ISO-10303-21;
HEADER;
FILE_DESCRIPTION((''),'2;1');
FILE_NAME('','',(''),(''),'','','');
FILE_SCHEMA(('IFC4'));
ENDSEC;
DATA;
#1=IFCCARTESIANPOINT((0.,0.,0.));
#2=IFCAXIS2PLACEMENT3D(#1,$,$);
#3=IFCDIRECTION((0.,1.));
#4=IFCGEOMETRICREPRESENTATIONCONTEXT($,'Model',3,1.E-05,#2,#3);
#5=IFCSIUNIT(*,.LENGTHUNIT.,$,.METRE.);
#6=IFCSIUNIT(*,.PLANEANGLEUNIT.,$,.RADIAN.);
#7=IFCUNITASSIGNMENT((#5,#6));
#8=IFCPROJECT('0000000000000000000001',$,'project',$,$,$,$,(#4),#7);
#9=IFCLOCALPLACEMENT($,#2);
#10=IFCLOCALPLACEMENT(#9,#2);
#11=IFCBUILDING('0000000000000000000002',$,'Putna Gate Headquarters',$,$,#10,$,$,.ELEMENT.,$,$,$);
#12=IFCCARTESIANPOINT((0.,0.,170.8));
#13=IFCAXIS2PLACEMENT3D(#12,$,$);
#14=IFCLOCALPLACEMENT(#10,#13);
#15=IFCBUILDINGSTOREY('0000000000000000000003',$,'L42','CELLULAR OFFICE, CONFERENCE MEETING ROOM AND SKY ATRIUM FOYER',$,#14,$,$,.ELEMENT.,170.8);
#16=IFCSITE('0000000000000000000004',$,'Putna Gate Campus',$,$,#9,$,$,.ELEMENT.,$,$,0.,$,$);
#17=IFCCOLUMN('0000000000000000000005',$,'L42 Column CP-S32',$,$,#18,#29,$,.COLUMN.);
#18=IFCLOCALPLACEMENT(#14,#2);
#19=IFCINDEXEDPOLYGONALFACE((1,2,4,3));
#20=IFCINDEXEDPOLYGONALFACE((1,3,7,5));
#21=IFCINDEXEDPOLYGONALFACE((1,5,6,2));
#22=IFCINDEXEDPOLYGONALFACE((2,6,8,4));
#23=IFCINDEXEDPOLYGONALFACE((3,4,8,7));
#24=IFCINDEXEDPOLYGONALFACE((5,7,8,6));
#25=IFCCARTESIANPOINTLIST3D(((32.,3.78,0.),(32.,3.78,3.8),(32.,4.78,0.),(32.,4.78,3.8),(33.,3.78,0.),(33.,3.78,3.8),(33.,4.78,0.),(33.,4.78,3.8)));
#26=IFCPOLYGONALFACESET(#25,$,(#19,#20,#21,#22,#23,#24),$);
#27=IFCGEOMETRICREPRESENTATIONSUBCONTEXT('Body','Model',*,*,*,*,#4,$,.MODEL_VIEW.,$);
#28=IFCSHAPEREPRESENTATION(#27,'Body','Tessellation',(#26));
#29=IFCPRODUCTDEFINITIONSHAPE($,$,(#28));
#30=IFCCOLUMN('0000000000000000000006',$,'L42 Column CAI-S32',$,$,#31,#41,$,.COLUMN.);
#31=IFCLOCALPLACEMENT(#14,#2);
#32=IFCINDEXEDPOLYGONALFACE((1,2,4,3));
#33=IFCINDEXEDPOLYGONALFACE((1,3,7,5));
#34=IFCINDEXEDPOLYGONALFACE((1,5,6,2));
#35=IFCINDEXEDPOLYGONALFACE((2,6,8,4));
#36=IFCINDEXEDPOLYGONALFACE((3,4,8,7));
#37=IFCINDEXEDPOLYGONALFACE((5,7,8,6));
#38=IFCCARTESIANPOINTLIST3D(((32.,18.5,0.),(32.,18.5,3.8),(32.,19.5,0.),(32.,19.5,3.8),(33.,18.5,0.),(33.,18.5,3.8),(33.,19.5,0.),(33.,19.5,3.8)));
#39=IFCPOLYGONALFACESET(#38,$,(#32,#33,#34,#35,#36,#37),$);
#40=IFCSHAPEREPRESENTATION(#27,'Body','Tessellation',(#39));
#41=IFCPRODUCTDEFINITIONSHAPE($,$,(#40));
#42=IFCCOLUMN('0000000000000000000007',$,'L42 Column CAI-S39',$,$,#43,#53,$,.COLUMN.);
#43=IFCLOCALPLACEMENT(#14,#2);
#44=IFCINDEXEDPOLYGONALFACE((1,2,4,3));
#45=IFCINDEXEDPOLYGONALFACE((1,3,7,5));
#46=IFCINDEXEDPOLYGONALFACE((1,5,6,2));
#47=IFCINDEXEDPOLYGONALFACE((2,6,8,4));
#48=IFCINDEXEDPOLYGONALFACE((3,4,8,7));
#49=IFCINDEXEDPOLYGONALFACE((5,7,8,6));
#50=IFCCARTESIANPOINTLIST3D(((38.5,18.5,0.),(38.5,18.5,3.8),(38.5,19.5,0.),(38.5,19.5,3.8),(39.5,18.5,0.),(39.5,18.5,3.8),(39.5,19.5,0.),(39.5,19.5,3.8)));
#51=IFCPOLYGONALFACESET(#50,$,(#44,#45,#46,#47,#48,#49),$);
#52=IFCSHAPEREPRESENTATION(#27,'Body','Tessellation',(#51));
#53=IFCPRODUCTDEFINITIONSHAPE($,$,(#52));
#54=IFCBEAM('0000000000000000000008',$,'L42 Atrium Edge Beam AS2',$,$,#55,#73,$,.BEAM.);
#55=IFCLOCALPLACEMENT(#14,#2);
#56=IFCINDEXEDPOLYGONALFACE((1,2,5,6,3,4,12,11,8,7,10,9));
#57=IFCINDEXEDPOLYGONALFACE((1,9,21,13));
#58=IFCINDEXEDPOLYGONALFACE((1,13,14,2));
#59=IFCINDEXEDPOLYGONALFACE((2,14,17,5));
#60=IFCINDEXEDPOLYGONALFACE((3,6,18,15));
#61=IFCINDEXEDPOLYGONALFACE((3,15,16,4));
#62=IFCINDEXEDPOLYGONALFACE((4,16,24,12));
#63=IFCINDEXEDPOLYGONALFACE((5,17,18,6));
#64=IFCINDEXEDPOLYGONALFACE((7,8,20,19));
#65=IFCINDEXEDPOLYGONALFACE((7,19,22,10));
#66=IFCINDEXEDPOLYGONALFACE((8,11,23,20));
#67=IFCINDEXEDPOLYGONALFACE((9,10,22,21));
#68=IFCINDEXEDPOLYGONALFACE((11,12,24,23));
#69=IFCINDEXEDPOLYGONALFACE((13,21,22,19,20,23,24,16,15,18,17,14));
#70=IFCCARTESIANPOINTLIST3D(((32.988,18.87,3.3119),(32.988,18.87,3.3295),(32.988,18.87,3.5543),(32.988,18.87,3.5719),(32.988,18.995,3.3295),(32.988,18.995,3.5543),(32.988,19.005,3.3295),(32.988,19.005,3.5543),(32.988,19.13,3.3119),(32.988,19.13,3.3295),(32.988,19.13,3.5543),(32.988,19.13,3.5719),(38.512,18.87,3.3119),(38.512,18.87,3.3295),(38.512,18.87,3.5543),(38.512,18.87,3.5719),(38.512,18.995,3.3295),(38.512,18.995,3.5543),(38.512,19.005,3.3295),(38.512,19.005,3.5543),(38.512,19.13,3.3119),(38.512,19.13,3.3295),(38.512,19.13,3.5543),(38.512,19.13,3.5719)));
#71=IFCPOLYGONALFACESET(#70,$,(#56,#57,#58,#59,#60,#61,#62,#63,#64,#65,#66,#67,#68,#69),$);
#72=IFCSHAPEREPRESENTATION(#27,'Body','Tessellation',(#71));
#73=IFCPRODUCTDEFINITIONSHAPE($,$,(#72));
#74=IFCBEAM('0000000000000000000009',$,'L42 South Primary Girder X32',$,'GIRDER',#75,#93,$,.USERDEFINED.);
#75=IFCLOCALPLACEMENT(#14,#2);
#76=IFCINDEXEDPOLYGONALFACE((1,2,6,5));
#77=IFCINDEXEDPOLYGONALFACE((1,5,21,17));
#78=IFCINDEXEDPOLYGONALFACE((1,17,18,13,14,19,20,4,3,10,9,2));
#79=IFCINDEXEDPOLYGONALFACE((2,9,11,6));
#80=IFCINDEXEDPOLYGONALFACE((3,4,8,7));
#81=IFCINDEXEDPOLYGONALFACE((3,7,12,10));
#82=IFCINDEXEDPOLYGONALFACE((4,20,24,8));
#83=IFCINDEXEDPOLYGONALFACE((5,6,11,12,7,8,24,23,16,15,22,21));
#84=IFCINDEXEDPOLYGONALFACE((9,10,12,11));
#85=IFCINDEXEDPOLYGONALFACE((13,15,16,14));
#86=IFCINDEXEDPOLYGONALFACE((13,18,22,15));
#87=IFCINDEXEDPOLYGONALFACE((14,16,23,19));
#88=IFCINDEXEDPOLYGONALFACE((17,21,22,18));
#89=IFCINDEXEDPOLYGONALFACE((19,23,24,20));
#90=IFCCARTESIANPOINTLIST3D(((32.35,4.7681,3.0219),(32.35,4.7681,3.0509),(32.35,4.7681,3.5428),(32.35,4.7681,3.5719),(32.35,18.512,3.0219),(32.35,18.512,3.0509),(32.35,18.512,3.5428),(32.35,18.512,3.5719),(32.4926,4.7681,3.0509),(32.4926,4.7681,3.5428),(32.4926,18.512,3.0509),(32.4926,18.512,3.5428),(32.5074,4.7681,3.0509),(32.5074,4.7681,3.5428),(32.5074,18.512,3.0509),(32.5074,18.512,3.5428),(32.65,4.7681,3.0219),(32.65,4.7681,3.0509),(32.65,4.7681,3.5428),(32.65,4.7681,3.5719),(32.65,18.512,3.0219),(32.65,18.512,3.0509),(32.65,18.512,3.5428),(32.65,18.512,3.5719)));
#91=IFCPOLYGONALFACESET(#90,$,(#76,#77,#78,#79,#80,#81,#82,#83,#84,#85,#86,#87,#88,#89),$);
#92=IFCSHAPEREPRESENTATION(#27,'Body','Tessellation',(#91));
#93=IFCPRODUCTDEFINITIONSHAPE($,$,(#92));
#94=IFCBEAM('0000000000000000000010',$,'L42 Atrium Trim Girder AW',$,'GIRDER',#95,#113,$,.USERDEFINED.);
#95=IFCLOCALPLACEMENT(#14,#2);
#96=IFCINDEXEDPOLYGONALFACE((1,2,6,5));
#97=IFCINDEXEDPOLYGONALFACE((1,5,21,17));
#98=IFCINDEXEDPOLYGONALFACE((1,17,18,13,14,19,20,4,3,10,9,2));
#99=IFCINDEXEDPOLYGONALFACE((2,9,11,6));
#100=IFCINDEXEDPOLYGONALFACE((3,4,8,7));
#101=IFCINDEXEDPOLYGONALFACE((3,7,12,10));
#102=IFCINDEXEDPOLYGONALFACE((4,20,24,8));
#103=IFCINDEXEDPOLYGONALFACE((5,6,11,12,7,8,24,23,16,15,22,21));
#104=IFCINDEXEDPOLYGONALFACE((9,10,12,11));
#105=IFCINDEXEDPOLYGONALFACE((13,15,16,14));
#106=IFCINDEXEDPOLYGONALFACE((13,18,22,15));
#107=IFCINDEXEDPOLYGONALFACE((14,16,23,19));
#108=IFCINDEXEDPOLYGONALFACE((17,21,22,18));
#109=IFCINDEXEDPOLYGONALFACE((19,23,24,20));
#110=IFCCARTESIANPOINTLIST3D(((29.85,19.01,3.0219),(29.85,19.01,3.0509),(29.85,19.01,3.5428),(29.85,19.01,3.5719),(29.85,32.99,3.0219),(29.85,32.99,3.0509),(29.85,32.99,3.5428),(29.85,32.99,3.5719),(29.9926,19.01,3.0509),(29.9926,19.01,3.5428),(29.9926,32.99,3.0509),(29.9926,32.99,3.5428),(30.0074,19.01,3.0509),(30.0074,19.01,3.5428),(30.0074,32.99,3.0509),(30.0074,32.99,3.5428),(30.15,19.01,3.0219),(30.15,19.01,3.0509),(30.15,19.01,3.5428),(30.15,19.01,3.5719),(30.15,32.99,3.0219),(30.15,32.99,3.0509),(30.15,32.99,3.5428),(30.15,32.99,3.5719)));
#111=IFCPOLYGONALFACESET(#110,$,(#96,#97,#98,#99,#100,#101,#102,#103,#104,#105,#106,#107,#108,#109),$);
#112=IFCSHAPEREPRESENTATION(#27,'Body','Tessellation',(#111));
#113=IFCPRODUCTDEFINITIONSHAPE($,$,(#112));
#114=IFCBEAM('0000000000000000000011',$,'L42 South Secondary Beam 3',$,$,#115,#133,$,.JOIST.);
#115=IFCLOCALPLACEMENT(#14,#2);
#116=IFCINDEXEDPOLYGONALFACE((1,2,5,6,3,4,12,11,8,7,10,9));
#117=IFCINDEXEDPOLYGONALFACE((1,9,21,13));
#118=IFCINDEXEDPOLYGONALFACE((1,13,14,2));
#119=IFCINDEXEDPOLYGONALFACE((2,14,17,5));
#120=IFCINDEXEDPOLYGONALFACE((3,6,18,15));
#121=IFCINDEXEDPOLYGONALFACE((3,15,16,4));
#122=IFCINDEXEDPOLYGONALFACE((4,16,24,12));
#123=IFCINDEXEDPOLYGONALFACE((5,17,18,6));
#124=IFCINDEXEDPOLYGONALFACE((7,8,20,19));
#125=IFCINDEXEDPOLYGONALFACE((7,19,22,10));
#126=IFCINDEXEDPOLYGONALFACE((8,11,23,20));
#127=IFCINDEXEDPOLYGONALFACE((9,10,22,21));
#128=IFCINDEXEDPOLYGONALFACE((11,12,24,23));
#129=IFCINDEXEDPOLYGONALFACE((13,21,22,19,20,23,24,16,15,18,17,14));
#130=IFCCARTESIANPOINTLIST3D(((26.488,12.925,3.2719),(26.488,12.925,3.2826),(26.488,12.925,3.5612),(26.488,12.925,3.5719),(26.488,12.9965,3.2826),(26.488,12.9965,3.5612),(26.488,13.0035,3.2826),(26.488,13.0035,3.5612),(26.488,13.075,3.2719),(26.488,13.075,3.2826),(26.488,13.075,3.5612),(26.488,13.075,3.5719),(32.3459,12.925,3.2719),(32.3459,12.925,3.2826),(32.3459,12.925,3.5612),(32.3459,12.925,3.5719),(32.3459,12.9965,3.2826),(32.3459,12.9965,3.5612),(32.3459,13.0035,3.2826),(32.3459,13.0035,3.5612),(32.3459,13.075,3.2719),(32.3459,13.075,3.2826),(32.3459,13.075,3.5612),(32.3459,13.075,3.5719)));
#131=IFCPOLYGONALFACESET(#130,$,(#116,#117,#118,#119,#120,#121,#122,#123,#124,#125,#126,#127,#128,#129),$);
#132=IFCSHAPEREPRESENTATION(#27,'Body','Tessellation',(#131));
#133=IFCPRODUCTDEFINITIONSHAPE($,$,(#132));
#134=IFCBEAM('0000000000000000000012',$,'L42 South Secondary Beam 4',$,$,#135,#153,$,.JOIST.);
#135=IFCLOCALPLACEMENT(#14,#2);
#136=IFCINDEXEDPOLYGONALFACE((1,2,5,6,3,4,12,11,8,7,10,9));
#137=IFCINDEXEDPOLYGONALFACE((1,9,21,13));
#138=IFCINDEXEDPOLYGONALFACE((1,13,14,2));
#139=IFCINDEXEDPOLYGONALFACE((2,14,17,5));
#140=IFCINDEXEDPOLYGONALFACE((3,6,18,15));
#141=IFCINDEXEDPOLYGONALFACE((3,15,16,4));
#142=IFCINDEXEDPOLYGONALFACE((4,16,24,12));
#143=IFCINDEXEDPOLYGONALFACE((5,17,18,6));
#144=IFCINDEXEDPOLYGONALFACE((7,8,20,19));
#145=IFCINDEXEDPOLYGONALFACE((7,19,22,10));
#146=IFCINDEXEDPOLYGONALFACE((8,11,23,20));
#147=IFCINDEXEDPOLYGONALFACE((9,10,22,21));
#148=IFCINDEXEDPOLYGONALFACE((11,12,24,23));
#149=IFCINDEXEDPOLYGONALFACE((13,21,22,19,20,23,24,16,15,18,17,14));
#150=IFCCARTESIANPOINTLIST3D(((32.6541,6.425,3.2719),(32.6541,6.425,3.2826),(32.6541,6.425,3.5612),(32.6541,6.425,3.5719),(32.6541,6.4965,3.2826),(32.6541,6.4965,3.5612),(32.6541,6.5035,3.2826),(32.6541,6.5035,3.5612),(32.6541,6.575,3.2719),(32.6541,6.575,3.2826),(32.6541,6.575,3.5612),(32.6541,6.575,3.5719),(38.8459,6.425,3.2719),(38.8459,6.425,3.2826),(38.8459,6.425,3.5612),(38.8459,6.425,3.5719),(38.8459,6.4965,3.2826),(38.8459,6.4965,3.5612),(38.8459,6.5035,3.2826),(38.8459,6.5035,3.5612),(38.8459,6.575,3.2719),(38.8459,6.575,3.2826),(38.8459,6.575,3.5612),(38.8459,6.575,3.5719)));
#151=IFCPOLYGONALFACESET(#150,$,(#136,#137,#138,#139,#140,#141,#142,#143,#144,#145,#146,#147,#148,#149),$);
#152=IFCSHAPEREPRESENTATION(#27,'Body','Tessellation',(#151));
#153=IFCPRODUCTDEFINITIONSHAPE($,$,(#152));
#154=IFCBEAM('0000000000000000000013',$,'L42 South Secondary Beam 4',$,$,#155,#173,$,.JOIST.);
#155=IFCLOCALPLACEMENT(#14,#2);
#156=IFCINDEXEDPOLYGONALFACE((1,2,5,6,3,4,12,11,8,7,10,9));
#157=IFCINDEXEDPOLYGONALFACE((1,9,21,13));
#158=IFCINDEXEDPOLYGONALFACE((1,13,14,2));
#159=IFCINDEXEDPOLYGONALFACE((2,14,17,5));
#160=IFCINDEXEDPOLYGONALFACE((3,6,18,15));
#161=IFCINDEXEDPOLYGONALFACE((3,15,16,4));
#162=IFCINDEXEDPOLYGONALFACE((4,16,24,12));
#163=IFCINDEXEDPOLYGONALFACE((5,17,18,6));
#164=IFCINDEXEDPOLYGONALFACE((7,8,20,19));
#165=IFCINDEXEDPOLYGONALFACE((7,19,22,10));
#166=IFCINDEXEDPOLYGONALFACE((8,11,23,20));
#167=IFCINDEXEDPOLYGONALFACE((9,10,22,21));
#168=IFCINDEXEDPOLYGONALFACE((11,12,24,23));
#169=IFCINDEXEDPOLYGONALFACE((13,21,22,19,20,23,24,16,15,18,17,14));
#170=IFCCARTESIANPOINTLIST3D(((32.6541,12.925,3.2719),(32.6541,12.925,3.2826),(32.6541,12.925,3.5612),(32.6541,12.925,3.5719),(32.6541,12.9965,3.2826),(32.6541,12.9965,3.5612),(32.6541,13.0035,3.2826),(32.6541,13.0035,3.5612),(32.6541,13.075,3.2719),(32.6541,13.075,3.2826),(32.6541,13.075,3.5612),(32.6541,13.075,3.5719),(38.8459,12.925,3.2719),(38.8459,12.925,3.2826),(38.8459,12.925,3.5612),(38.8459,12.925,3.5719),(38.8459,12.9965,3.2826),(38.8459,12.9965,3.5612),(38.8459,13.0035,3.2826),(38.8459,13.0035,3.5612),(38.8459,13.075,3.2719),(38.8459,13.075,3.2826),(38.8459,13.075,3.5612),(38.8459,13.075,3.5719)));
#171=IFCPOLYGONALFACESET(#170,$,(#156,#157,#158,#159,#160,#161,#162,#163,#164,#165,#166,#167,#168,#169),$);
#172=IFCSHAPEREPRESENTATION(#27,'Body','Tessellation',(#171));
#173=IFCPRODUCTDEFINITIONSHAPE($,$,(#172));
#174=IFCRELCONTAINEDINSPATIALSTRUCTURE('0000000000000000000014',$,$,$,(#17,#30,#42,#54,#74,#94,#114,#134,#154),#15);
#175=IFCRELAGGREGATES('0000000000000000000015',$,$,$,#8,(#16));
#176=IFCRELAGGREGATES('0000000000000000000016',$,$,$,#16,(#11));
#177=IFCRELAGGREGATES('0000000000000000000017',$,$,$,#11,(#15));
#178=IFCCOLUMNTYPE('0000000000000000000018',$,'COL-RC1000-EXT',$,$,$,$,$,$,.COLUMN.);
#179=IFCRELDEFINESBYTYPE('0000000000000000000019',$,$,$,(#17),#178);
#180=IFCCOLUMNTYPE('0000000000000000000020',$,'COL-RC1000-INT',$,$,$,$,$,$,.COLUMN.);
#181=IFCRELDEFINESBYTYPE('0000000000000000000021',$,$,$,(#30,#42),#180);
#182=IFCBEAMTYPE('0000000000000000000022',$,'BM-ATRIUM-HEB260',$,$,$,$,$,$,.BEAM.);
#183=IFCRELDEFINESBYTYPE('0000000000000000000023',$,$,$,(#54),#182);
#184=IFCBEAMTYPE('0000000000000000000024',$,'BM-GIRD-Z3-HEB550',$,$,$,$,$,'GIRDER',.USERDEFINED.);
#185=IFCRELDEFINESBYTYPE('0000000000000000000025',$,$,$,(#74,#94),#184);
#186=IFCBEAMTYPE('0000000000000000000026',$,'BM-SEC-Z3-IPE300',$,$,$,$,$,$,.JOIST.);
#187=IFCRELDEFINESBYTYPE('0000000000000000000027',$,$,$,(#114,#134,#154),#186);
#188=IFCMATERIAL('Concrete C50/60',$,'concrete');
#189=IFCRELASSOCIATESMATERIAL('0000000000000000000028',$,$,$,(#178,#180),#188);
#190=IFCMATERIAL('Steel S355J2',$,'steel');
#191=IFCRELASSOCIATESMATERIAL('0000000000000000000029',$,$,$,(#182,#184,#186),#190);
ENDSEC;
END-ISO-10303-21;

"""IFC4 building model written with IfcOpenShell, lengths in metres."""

from ifc_helpers import new_model, si_unit, direction, frame, origin, origin_2d, place, context, subcontext, project, spatial, rectangle, i_section, extrude, material, material_profile, profile_set, type_object, element, save


model = new_model("IFC4")

# Units and contexts
model_context = context("Model", 3, precision=1e-05, world=origin(), true_north=direction((0.0, 1.0)))
body_context = subcontext(model_context, "Body", "Model", "MODEL_VIEW")
ifc_project = project(units=[si_unit("LENGTHUNIT", "METRE"), si_unit("PLANEANGLEUNIT", "RADIAN")], contexts=[model_context])

# Site, building, storey
site_placement = place(None, origin())
site = spatial("IfcSite", under=ifc_project, at=site_placement, Name="Putna Gate Campus", CompositionType="ELEMENT", RefElevation=0.0)
building_placement = place(site_placement, origin())
building = spatial("IfcBuilding", under=site, at=building_placement, Name="Putna Gate Headquarters", CompositionType="ELEMENT")
storey_placement = place(building_placement, frame((0.0, 0.0, 170.8)))
storey = spatial("IfcBuildingStorey", under=building, at=storey_placement, Name="L42", Description="CELLULAR OFFICE, CONFERENCE MEETING ROOM AND SKY ATRIUM FOYER", CompositionType="ELEMENT", Elevation=170.8)

# Columns
ifc_material_1 = material(Name="Concrete C50/60", Category="concrete")
ifc_material_profile_1 = material_profile(ifc_material_1, rectangle(XDim=1.0, YDim=1.0, at=origin_2d()), Name="Concrete C50/60")
ifc_profile_set_1 = profile_set([ifc_material_profile_1], Name="Concrete C50/60")
column_type_1 = type_object("IfcColumnType", Name="COL-RC1000-EXT", PredefinedType="COLUMN", material=ifc_profile_set_1)
column_placement = place(storey_placement, frame((32.5, 4.28, 0.0), z_axis=(0.0, 0.0, 1.0), x_axis=(1.0, 0.0, 0.0)))
element("IfcColumn", 1, at=column_placement, inside=storey, type_object=column_type_1, Name="L42 Column CP-S32", PredefinedType="COLUMN", context=body_context, shape_type="SweptSolid", body=[
    extrude(rectangle(XDim=1.0, YDim=1.0, at=origin_2d()), origin(), (0.0, 0.0, 1.0), 3.8),
])
ifc_material_profile_2 = material_profile(ifc_material_1, rectangle(XDim=1.0, YDim=1.0, at=origin_2d()), Name="Concrete C50/60")
ifc_profile_set_2 = profile_set([ifc_material_profile_2], Name="Concrete C50/60")
column_type_2 = type_object("IfcColumnType", Name="COL-RC1000-INT", PredefinedType="COLUMN", material=ifc_profile_set_2)
for number, where, z_axis, x_axis, name in (
    (2, (32.5, 19.0, 0.0), (0.0, 0.0, 1.0), (1.0, 0.0, 0.0), "L42 Column CAI-S32"),
    (3, (39.0, 19.0, 0.0), (0.0, 0.0, 1.0), (1.0, 0.0, 0.0), "L42 Column CAI-S39"),
):
    element("IfcColumn", number, at=place(storey_placement, frame(where, z_axis=z_axis, x_axis=x_axis)), inside=storey, type_object=column_type_2, Name=name, PredefinedType="COLUMN", context=body_context, shape_type="SweptSolid", body=[
        extrude(rectangle(XDim=1.0, YDim=1.0, at=origin_2d()), origin(), (0.0, 0.0, 1.0), 3.8),
    ])

# Beams
ifc_material_2 = material(Name="Steel S355J2", Category="steel")
ifc_material_profile_3 = material_profile(ifc_material_2, i_section(OverallWidth=0.26, OverallDepth=0.26, WebThickness=0.01, FlangeThickness=0.0176, at=origin_2d()), Name="Steel S355J2")
ifc_profile_set_3 = profile_set([ifc_material_profile_3], Name="Steel S355J2")
beam_type_1 = type_object("IfcBeamType", Name="BM-ATRIUM-HEB260", PredefinedType="BEAM", material=ifc_profile_set_3)
beam_1_placement = place(storey_placement, frame((32.988, 19.0, 3.4419), z_axis=(1.0, 0.0, 0.0), x_axis=(0.0, 1.0, 0.0)))
element("IfcBeam", 4, at=beam_1_placement, inside=storey, type_object=beam_type_1, Name="L42 Atrium Edge Beam AS2", PredefinedType="BEAM", context=body_context, shape_type="SweptSolid", body=[
    extrude(i_section(OverallWidth=0.26, OverallDepth=0.26, WebThickness=0.01, FlangeThickness=0.0176, at=origin_2d()), origin(), (0.0, 0.0, 1.0), 5.5239),
])
ifc_material_profile_4 = material_profile(ifc_material_2, i_section(OverallWidth=0.3, OverallDepth=0.55, WebThickness=0.0149, FlangeThickness=0.0291, at=origin_2d()), Name="Steel S355J2")
ifc_profile_set_4 = profile_set([ifc_material_profile_4], Name="Steel S355J2")
beam_type_2 = type_object("IfcBeamType", Name="BM-GIRD-Z3-HEB550", ElementType="GIRDER", PredefinedType="USERDEFINED", material=ifc_profile_set_4)
beam_2_placement = place(storey_placement, frame((32.5, 4.7681, 3.2969), z_axis=(0.0, 1.0, 0.0), x_axis=(-1.0, 0.0, 0.0)))
element("IfcBeam", 5, at=beam_2_placement, inside=storey, type_object=beam_type_2, Name="L42 South Primary Girder X32", ObjectType="GIRDER", PredefinedType="USERDEFINED", context=body_context, shape_type="SweptSolid", body=[
    extrude(i_section(OverallWidth=0.3, OverallDepth=0.55, WebThickness=0.0149, FlangeThickness=0.0291, at=origin_2d()), origin(), (0.0, 0.0, 1.0), 13.7439),
])
beam_3_placement = place(storey_placement, frame((30.0, 19.01, 3.2969), z_axis=(0.0, 1.0, 0.0), x_axis=(-1.0, 0.0, 0.0)))
element("IfcBeam", 6, at=beam_3_placement, inside=storey, type_object=beam_type_2, Name="L42 Atrium Trim Girder AW", ObjectType="GIRDER", PredefinedType="USERDEFINED", context=body_context, shape_type="SweptSolid", body=[
    extrude(i_section(OverallWidth=0.3, OverallDepth=0.55, WebThickness=0.0149, FlangeThickness=0.0291, at=origin_2d()), origin(), (0.0, 0.0, 1.0), 13.98),
])
ifc_material_profile_5 = material_profile(ifc_material_2, i_section(OverallWidth=0.1499, OverallDepth=0.3, WebThickness=0.0071, FlangeThickness=0.0107, at=origin_2d()), Name="Steel S355J2")
ifc_profile_set_5 = profile_set([ifc_material_profile_5], Name="Steel S355J2")
beam_type_3 = type_object("IfcBeamType", Name="BM-SEC-Z3-IPE300", PredefinedType="JOIST", material=ifc_profile_set_5)
beam_4_placement = place(storey_placement, frame((26.488, 13.0, 3.4219), z_axis=(1.0, 0.0, 0.0), x_axis=(0.0, 1.0, 0.0)))
element("IfcBeam", 7, at=beam_4_placement, inside=storey, type_object=beam_type_3, Name="L42 South Secondary Beam 3", PredefinedType="JOIST", context=body_context, shape_type="SweptSolid", body=[
    extrude(i_section(OverallWidth=0.1499, OverallDepth=0.3, WebThickness=0.0071, FlangeThickness=0.0107, at=origin_2d()), origin(), (0.0, 0.0, 1.0), 5.8579),
])
for number, where, z_axis, x_axis, name in (
    (8, (32.6541, 6.5, 3.4219), (1.0, 0.0, 0.0), (0.0, 1.0, 0.0), "L42 South Secondary Beam 4"),
    (9, (32.6541, 13.0, 3.4219), (1.0, 0.0, 0.0), (0.0, 1.0, 0.0), "L42 South Secondary Beam 4"),
):
    element("IfcBeam", number, at=place(storey_placement, frame(where, z_axis=z_axis, x_axis=x_axis)), inside=storey, type_object=beam_type_3, Name=name, PredefinedType="JOIST", context=body_context, shape_type="SweptSolid", body=[
        extrude(i_section(OverallWidth=0.1499, OverallDepth=0.3, WebThickness=0.0071, FlangeThickness=0.0107, at=origin_2d()), origin(), (0.0, 0.0, 1.0), 6.1919),
    ])

save(model, "model.ifc")
